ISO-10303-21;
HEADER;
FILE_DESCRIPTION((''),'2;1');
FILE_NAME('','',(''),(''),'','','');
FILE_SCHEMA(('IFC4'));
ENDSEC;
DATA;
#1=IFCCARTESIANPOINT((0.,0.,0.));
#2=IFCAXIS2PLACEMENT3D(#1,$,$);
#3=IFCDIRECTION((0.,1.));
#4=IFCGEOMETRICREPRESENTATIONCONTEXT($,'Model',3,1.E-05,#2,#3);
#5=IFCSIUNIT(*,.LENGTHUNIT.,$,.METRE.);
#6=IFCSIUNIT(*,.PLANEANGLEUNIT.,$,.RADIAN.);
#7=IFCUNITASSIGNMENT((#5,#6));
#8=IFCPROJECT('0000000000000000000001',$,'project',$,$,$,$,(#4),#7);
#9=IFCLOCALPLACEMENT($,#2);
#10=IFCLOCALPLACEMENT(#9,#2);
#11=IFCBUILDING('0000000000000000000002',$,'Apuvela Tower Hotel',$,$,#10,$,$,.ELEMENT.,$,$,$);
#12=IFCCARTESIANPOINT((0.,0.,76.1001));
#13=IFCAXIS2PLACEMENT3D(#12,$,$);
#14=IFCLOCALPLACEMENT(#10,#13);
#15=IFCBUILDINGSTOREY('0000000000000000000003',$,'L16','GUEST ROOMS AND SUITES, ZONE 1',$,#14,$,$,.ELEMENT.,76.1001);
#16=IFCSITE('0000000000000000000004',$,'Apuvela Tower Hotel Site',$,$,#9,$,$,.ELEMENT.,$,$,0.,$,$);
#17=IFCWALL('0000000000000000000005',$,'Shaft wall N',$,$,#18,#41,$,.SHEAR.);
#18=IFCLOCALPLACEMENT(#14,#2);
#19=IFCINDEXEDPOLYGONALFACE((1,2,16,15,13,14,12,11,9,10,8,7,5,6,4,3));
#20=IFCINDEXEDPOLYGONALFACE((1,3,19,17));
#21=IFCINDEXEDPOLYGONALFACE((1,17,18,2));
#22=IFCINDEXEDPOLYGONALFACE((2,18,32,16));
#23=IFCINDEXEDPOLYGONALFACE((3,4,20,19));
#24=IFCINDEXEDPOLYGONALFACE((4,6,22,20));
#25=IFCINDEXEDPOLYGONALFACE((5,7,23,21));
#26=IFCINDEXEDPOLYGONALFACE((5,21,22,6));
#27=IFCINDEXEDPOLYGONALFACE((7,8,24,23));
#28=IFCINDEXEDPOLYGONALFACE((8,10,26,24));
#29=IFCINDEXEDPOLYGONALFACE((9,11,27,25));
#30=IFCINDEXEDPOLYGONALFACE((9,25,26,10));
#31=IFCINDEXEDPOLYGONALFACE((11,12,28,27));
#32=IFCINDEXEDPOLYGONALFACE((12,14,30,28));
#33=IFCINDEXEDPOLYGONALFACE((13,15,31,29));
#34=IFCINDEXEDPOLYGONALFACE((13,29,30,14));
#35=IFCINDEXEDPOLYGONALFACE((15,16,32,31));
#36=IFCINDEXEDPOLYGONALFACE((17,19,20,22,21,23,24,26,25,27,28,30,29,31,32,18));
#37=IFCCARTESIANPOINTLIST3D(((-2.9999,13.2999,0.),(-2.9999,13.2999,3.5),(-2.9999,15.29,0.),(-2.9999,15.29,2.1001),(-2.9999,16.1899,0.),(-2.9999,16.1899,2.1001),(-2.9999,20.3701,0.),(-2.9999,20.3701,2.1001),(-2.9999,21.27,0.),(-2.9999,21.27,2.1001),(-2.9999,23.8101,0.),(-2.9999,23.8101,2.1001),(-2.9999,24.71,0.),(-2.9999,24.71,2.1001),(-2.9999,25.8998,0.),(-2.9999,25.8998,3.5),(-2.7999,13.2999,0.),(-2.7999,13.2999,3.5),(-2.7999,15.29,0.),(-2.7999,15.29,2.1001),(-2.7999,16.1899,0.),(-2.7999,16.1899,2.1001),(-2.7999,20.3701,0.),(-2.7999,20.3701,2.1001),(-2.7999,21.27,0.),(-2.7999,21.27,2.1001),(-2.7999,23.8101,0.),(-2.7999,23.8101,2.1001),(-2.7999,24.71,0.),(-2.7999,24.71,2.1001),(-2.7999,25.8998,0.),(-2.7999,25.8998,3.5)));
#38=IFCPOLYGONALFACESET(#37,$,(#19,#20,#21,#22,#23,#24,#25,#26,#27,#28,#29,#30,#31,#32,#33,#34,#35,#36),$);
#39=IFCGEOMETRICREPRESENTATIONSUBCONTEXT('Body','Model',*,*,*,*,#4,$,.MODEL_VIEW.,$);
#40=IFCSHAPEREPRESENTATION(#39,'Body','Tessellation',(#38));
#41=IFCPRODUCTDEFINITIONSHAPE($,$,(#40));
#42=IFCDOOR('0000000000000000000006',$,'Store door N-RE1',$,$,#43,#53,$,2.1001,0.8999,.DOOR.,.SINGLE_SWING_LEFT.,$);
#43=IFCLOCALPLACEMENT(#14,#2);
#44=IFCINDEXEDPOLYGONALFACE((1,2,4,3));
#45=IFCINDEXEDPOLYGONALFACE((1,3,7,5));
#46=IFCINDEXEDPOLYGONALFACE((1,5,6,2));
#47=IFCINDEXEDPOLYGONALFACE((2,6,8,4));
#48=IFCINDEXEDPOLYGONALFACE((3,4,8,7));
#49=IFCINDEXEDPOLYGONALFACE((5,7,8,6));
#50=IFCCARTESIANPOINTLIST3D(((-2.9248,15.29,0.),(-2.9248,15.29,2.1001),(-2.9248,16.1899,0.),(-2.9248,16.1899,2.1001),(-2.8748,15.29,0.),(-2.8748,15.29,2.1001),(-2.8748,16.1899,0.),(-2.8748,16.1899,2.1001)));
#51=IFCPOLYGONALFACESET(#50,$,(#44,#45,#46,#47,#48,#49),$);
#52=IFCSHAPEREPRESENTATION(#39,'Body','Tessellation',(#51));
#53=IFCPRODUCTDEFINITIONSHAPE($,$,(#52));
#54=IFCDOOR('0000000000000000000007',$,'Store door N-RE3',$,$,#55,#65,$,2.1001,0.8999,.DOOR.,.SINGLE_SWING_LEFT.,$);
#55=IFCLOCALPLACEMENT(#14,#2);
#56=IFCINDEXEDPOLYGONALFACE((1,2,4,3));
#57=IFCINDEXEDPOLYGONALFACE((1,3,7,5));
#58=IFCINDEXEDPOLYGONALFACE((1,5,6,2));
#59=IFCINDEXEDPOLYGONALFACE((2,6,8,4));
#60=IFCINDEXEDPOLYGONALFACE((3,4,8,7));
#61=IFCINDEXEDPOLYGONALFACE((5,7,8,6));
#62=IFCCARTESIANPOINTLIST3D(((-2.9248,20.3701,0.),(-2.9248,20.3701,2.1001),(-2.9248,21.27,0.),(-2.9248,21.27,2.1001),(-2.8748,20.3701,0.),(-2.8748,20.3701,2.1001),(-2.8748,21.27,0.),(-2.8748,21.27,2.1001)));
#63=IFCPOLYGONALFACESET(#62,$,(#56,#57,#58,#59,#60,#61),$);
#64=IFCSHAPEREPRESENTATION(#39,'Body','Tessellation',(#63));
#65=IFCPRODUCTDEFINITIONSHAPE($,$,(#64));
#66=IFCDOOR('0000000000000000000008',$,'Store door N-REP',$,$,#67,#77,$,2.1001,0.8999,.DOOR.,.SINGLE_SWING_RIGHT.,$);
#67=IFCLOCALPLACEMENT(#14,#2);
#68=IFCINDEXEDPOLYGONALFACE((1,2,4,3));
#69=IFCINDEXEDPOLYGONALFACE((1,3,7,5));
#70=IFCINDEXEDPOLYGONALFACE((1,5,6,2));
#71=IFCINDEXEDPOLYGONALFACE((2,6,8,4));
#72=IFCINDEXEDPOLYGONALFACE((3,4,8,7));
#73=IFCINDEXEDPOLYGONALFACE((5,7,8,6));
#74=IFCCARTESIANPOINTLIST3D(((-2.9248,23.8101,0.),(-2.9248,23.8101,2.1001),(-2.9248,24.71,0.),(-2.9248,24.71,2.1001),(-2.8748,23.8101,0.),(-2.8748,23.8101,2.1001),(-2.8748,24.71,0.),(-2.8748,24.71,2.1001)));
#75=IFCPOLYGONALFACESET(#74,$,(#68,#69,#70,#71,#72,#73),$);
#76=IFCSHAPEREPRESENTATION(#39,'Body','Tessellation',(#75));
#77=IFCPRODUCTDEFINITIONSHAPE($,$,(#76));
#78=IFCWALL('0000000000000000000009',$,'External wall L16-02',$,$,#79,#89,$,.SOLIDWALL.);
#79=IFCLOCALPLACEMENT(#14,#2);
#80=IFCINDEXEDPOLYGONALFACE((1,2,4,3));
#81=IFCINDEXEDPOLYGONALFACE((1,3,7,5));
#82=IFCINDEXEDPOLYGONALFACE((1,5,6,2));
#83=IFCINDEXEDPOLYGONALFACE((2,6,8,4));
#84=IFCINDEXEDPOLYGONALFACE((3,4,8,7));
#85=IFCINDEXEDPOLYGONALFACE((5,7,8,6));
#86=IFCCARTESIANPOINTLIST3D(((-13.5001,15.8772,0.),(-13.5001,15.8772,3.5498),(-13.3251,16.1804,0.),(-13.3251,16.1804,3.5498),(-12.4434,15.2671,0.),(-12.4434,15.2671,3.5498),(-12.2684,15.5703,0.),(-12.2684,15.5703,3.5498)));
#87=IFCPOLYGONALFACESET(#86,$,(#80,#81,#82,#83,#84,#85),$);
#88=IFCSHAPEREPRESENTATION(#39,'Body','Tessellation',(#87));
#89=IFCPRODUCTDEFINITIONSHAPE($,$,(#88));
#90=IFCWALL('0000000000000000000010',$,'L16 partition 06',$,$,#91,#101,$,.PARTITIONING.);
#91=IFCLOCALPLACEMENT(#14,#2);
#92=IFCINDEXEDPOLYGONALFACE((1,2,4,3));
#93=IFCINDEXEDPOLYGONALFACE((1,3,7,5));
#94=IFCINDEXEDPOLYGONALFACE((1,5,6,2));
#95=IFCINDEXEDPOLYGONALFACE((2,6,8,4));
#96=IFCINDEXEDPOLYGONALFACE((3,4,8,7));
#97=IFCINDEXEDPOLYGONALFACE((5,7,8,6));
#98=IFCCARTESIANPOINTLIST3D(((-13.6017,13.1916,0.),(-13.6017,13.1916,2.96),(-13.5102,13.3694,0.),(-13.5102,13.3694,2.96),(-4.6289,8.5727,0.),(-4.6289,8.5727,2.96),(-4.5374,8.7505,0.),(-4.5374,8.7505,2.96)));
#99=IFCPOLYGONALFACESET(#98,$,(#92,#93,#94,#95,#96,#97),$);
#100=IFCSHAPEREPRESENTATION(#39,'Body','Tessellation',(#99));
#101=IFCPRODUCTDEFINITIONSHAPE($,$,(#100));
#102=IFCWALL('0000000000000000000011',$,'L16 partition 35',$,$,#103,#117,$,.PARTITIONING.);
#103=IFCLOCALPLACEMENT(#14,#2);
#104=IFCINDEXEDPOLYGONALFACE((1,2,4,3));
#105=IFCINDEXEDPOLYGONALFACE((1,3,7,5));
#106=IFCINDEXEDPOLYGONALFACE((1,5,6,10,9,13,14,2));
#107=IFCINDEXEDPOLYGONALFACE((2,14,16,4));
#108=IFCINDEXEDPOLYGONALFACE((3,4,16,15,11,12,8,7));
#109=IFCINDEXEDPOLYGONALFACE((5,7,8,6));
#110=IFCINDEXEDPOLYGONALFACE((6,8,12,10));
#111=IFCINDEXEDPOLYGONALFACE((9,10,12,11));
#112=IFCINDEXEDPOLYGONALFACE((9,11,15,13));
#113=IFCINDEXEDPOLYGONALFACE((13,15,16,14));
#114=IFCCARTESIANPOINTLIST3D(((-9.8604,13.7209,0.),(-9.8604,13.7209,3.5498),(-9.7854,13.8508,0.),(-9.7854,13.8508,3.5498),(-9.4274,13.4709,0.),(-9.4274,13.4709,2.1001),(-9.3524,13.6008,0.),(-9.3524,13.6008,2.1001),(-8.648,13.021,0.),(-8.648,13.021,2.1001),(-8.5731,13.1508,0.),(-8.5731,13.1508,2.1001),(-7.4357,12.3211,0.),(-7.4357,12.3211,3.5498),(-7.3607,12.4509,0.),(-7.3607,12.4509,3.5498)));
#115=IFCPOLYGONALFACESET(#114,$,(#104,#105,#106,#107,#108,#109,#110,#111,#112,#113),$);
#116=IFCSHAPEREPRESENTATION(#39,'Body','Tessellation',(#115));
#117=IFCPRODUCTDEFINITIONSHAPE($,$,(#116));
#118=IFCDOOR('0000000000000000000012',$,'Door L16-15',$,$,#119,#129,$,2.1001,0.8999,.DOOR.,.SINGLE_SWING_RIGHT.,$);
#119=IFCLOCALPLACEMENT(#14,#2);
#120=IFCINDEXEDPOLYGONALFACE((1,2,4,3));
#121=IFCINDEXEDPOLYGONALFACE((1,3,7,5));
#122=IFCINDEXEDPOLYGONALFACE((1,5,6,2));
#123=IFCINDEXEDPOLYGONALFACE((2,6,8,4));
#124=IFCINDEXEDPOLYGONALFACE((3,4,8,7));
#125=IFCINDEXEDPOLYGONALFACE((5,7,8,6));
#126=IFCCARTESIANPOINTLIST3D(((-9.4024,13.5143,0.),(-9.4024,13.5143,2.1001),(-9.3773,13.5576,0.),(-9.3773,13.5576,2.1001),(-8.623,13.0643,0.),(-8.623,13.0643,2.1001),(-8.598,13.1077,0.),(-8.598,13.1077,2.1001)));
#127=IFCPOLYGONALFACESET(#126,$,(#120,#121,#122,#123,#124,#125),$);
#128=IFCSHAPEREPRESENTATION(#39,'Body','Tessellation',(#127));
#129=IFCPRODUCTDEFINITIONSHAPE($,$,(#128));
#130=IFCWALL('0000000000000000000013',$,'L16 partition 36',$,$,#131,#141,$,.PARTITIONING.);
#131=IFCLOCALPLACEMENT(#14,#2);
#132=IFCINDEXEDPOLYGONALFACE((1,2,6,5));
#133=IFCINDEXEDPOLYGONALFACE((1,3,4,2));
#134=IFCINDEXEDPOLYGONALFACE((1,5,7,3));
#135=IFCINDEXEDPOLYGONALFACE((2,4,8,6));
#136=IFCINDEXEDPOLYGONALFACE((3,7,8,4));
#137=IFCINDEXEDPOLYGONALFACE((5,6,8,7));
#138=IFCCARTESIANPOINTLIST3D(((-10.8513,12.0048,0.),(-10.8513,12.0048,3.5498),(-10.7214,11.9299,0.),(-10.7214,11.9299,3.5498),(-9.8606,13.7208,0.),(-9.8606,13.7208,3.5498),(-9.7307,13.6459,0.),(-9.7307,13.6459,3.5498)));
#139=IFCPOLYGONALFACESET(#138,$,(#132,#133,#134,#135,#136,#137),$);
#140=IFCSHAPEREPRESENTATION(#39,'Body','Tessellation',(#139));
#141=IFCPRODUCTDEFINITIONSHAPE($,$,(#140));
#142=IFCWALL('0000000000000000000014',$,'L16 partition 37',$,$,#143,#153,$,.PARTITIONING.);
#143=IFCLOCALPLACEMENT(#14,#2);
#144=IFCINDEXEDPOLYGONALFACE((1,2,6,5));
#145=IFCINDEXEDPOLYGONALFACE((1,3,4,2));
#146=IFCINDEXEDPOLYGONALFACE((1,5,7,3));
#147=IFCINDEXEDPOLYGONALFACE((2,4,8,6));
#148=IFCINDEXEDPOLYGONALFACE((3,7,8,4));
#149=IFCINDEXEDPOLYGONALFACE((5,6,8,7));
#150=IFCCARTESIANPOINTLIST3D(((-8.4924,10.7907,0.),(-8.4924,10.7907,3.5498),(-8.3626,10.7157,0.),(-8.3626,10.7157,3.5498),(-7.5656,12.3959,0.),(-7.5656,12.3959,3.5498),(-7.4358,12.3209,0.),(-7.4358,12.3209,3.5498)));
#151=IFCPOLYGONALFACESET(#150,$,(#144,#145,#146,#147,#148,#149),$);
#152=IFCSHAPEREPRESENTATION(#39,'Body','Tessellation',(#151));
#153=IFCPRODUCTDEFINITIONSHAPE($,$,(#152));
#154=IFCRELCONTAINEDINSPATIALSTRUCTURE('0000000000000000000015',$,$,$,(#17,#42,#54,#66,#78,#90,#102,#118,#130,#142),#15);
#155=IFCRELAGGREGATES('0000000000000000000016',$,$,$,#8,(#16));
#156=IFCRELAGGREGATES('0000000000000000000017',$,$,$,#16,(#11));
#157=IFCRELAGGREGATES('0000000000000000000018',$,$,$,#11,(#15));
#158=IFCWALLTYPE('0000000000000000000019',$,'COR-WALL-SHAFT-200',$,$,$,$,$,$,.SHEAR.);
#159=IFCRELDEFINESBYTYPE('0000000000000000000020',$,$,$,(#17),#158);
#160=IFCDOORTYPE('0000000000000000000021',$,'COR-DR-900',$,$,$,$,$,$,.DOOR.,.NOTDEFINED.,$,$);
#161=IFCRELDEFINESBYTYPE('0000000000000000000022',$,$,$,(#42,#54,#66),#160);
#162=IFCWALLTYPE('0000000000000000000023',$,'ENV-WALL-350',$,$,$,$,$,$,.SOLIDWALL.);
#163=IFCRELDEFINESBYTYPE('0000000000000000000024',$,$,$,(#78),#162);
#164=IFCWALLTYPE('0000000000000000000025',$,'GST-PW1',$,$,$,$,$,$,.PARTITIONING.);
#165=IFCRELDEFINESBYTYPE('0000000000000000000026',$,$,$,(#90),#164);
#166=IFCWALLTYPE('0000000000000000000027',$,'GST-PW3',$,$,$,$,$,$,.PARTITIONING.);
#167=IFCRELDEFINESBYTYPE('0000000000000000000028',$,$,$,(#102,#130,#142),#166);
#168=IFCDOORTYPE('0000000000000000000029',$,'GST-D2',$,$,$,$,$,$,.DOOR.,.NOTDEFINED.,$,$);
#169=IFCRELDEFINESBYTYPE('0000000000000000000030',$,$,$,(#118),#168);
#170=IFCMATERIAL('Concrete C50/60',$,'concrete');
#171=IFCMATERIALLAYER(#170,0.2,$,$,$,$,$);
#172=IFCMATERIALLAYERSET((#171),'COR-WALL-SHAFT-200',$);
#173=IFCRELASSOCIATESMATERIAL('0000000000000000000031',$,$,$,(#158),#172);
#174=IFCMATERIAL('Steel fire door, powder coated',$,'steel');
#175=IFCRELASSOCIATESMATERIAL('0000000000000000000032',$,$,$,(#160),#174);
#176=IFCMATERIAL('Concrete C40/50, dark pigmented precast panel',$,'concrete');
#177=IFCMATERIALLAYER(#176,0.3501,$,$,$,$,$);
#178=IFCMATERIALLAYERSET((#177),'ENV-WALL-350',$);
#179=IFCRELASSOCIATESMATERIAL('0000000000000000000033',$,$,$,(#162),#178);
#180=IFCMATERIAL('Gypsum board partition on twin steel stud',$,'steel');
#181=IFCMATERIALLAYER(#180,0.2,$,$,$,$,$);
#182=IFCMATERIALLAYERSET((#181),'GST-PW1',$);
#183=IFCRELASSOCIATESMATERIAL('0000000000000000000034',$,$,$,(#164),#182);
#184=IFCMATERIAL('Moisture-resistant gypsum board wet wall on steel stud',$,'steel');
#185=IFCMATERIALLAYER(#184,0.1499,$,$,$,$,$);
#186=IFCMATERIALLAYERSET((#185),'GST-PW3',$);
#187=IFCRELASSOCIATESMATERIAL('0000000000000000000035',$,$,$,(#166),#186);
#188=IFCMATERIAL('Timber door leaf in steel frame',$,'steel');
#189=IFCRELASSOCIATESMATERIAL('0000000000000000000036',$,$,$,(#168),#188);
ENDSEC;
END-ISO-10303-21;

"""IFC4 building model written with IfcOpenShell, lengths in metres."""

from ifc_helpers import new_model, si_unit, direction, frame, frame_2d, origin, place, context, subcontext, project, spatial, rectangle, extrude, material, layer, layer_set, type_object, element, fill, save


model = new_model("IFC4")

# Units and contexts
model_context = context("Model", 3, precision=1e-05, world=origin(), true_north=direction((0.0, 1.0)))
body_context = subcontext(model_context, "Body", "Model", "MODEL_VIEW")
ifc_project = project(units=[si_unit("LENGTHUNIT", "METRE"), si_unit("PLANEANGLEUNIT", "RADIAN")], contexts=[model_context])

# Site, building, storey
site_placement = place(None, origin())
site = spatial("IfcSite", under=ifc_project, at=site_placement, Name="Apuvela Tower Hotel Site", CompositionType="ELEMENT", RefElevation=0.0)
building_placement = place(site_placement, origin())
building = spatial("IfcBuilding", under=site, at=building_placement, Name="Apuvela Tower Hotel", CompositionType="ELEMENT")
storey_placement = place(building_placement, frame((0.0, 0.0, 76.1001)))
storey = spatial("IfcBuildingStorey", under=building, at=storey_placement, Name="L16", Description="GUEST ROOMS AND SUITES, ZONE 1", CompositionType="ELEMENT", Elevation=76.1001)

# Shared definitions
ifc_material_1 = material(Name="Concrete C50/60", Category="concrete")
ifc_layer_1 = layer(ifc_material_1, 0.2)
ifc_layer_set_1 = layer_set([ifc_layer_1], Name="COR-WALL-SHAFT-200")
wall_type_1 = type_object("IfcWallType", Name="COR-WALL-SHAFT-200", PredefinedType="SHEAR", material=ifc_layer_set_1)

# Wall, openings, doors
wall_1_placement = place(storey_placement, frame((-2.8999, 13.3, 0.0), z_axis=(0.0, 0.0, 1.0), x_axis=(0.0, 1.0, 0.0)))
wall_1 = element("IfcWall", 1, at=wall_1_placement, inside=storey, type_object=wall_type_1, Name="Shaft wall N", PredefinedType="SHEAR", context=body_context, shape_type="SweptSolid", body=[
    extrude(rectangle(XDim=12.5999, YDim=0.2, at=frame_2d((6.2998, 0.0))), origin(), (0.0, 0.0, 1.0), 3.5),
])
opening_1_placement = place(wall_1_placement, frame((1.99, 0.0, 0.0)))
opening_1 = element("IfcOpeningElement", 2, at=opening_1_placement, cuts=wall_1, PredefinedType="OPENING", context=body_context, shape_type="SweptSolid", body=[
    extrude(rectangle(XDim=0.8999, YDim=2.1001, at=frame_2d((0.45, 1.05))), frame((0.0, 0.1099, 0.0), z_axis=(0.0, -1.0, 0.0), x_axis=(1.0, 0.0, 0.0)), (0.0, 0.0, 1.0), 0.22),
])
opening_2_placement = place(wall_1_placement, frame((7.0701, 0.0, 0.0)))
opening_2 = element("IfcOpeningElement", 3, at=opening_2_placement, cuts=wall_1, PredefinedType="OPENING", context=body_context, shape_type="SweptSolid", body=[
    extrude(rectangle(XDim=0.8999, YDim=2.1001, at=frame_2d((0.45, 1.05))), frame((0.0, 0.1099, 0.0), z_axis=(0.0, -1.0, 0.0), x_axis=(1.0, 0.0, 0.0)), (0.0, 0.0, 1.0), 0.22),
])
opening_3_placement = place(wall_1_placement, frame((10.51, 0.0, 0.0)))
opening_3 = element("IfcOpeningElement", 4, at=opening_3_placement, cuts=wall_1, PredefinedType="OPENING", context=body_context, shape_type="SweptSolid", body=[
    extrude(rectangle(XDim=0.8999, YDim=2.1001, at=frame_2d((0.45, 1.05))), frame((0.0, 0.1099, 0.0), z_axis=(0.0, -1.0, 0.0), x_axis=(1.0, 0.0, 0.0)), (0.0, 0.0, 1.0), 0.22),
])
ifc_material_2 = material(Name="Steel fire door, powder coated", Category="steel")
door_type_1 = type_object("IfcDoorType", Name="COR-DR-900", OperationType="NOTDEFINED", PredefinedType="DOOR", material=ifc_material_2)
door_1_placement = place(opening_1_placement, origin())
door_1 = element("IfcDoor", 5, at=door_1_placement, inside=storey, type_object=door_type_1, Name="Store door N-RE1", OperationType="SINGLE_SWING_LEFT", OverallHeight=2.1001, OverallWidth=0.8999, PredefinedType="DOOR", context=body_context, shape_type="SweptSolid", body=[
    extrude(rectangle(XDim=0.8999, YDim=2.1001, at=frame_2d((0.45, 1.05))), frame((0.0, 0.0249, 0.0), z_axis=(0.0, -1.0, 0.0), x_axis=(1.0, 0.0, 0.0)), (0.0, 0.0, 1.0), 0.05),
])
fill(opening_1, door_1)
door_2_placement = place(opening_2_placement, origin())
door_2 = element("IfcDoor", 6, at=door_2_placement, inside=storey, type_object=door_type_1, Name="Store door N-RE3", OperationType="SINGLE_SWING_LEFT", OverallHeight=2.1001, OverallWidth=0.8999, PredefinedType="DOOR", context=body_context, shape_type="SweptSolid", body=[
    extrude(rectangle(XDim=0.8999, YDim=2.1001, at=frame_2d((0.45, 1.05))), frame((0.0, 0.0249, 0.0), z_axis=(0.0, -1.0, 0.0), x_axis=(1.0, 0.0, 0.0)), (0.0, 0.0, 1.0), 0.05),
])
fill(opening_2, door_2)
door_3_placement = place(opening_3_placement, origin())
door_3 = element("IfcDoor", 7, at=door_3_placement, inside=storey, type_object=door_type_1, Name="Store door N-REP", OperationType="SINGLE_SWING_RIGHT", OverallHeight=2.1001, OverallWidth=0.8999, PredefinedType="DOOR", context=body_context, shape_type="SweptSolid", body=[
    extrude(rectangle(XDim=0.8999, YDim=2.1001, at=frame_2d((0.45, 1.05))), frame((0.0, 0.0249, 0.0), z_axis=(0.0, -1.0, 0.0), x_axis=(1.0, 0.0, 0.0)), (0.0, 0.0, 1.0), 0.05),
])
fill(opening_3, door_3)

# Wall
ifc_material_3 = material(Name="Concrete C40/50, dark pigmented precast panel", Category="concrete")
ifc_layer_2 = layer(ifc_material_3, 0.3501)
ifc_layer_set_2 = layer_set([ifc_layer_2], Name="ENV-WALL-350")
wall_type_2 = type_object("IfcWallType", Name="ENV-WALL-350", PredefinedType="SOLIDWALL", material=ifc_layer_set_2)
wall_2_placement = place(storey_placement, frame((-13.4126, 16.0288, 0.0), z_axis=(0.0, 0.0, 1.0), x_axis=(0.866006, -0.500034, 0.0)))
element("IfcWall", 8, at=wall_2_placement, inside=storey, type_object=wall_type_2, Name="External wall L16-02", PredefinedType="SOLIDWALL", context=body_context, shape_type="SweptSolid", body=[
    extrude(rectangle(XDim=1.2202, YDim=0.3501, at=frame_2d((0.6101, 0.0))), origin(), (0.0, 0.0, 1.0), 3.5498),
])

# Wall
ifc_material_4 = material(Name="Gypsum board partition on twin steel stud", Category="steel")
ifc_layer_3 = layer(ifc_material_4, 0.2)
ifc_layer_set_3 = layer_set([ifc_layer_3], Name="GST-PW1")
wall_type_3 = type_object("IfcWallType", Name="GST-PW1", PredefinedType="PARTITIONING", material=ifc_layer_set_3)
wall_3_placement = place(storey_placement, frame((-13.5559, 13.2805, 0.0), z_axis=(0.0, 0.0, 1.0), x_axis=(0.889111, -0.457692, 0.0)))
element("IfcWall", 9, at=wall_3_placement, inside=storey, type_object=wall_type_3, Name="L16 partition 06", PredefinedType="PARTITIONING", context=body_context, shape_type="SweptSolid", body=[
    extrude(rectangle(XDim=10.0918, YDim=0.2, at=frame_2d((5.0459, 0.0))), origin(), (0.0, 0.0, 1.0), 2.96),
])

# Wall, opening, door
ifc_material_5 = material(Name="Moisture-resistant gypsum board wet wall on steel stud", Category="steel")
ifc_layer_4 = layer(ifc_material_5, 0.1499)
ifc_layer_set_4 = layer_set([ifc_layer_4], Name="GST-PW3")
wall_type_4 = type_object("IfcWallType", Name="GST-PW3", PredefinedType="PARTITIONING", material=ifc_layer_set_4)
wall_4_placement = place(storey_placement, frame((-7.3982, 12.386, 0.0), z_axis=(0.0, 0.0, 1.0), x_axis=(-0.866035, 0.499984, 0.0)))
wall_4 = element("IfcWall", 10, at=wall_4_placement, inside=storey, type_object=wall_type_4, Name="L16 partition 35", PredefinedType="PARTITIONING", context=body_context, shape_type="SweptSolid", body=[
    extrude(rectangle(XDim=2.7998, YDim=0.1499, at=frame_2d((1.3999, 0.0))), origin(), (0.0, 0.0, 1.0), 3.5498),
])
opening_4_placement = place(wall_4_placement, frame((1.3999, 0.0, 0.0)))
opening_4 = element("IfcOpeningElement", 11, at=opening_4_placement, cuts=wall_4, PredefinedType="OPENING", context=body_context, shape_type="SweptSolid", body=[
    extrude(rectangle(XDim=0.8999, YDim=2.1001, at=frame_2d((0.45, 1.05))), frame((0.0, 0.085, 0.0), z_axis=(0.0, -1.0, 0.0), x_axis=(1.0, 0.0, 0.0)), (0.0, 0.0, 1.0), 0.1699),
])
ifc_material_6 = material(Name="Timber door leaf in steel frame", Category="steel")
door_type_2 = type_object("IfcDoorType", Name="GST-D2", OperationType="NOTDEFINED", PredefinedType="DOOR", material=ifc_material_6)
door_4_placement = place(opening_4_placement, origin())
door_4 = element("IfcDoor", 12, at=door_4_placement, inside=storey, type_object=door_type_2, Name="Door L16-15", OperationType="SINGLE_SWING_RIGHT", OverallHeight=2.1001, OverallWidth=0.8999, PredefinedType="DOOR", context=body_context, shape_type="SweptSolid", body=[
    extrude(rectangle(XDim=0.8999, YDim=2.1001, at=frame_2d((0.45, 1.05))), frame((0.0, 0.0249, 0.0), z_axis=(0.0, -1.0, 0.0), x_axis=(1.0, 0.0, 0.0)), (0.0, 0.0, 1.0), 0.05),
])
fill(opening_4, door_4)

# Walls
wall_5_placement = place(storey_placement, frame((-9.7957, 13.6833, 0.0), z_axis=(0.0, 0.0, 1.0), x_axis=(-0.499982, -0.866036, 0.0)))
element("IfcWall", 13, at=wall_5_placement, inside=storey, type_object=wall_type_4, Name="L16 partition 36", PredefinedType="PARTITIONING", context=body_context, shape_type="SweptSolid", body=[
    extrude(rectangle(XDim=1.9814, YDim=0.1499, at=frame_2d((0.9907, 0.0))), origin(), (0.0, 0.0, 1.0), 3.5498),
])
wall_6_placement = place(storey_placement, frame((-7.5007, 12.3584, 0.0), z_axis=(0.0, 0.0, 1.0), x_axis=(-0.499992, -0.86603, 0.0)))
element("IfcWall", 14, at=wall_6_placement, inside=storey, type_object=wall_type_4, Name="L16 partition 37", PredefinedType="PARTITIONING", context=body_context, shape_type="SweptSolid", body=[
    extrude(rectangle(XDim=1.8535, YDim=0.1499, at=frame_2d((0.9268, 0.0))), origin(), (0.0, 0.0, 1.0), 3.5498),
])

save(model, "model.ifc")
